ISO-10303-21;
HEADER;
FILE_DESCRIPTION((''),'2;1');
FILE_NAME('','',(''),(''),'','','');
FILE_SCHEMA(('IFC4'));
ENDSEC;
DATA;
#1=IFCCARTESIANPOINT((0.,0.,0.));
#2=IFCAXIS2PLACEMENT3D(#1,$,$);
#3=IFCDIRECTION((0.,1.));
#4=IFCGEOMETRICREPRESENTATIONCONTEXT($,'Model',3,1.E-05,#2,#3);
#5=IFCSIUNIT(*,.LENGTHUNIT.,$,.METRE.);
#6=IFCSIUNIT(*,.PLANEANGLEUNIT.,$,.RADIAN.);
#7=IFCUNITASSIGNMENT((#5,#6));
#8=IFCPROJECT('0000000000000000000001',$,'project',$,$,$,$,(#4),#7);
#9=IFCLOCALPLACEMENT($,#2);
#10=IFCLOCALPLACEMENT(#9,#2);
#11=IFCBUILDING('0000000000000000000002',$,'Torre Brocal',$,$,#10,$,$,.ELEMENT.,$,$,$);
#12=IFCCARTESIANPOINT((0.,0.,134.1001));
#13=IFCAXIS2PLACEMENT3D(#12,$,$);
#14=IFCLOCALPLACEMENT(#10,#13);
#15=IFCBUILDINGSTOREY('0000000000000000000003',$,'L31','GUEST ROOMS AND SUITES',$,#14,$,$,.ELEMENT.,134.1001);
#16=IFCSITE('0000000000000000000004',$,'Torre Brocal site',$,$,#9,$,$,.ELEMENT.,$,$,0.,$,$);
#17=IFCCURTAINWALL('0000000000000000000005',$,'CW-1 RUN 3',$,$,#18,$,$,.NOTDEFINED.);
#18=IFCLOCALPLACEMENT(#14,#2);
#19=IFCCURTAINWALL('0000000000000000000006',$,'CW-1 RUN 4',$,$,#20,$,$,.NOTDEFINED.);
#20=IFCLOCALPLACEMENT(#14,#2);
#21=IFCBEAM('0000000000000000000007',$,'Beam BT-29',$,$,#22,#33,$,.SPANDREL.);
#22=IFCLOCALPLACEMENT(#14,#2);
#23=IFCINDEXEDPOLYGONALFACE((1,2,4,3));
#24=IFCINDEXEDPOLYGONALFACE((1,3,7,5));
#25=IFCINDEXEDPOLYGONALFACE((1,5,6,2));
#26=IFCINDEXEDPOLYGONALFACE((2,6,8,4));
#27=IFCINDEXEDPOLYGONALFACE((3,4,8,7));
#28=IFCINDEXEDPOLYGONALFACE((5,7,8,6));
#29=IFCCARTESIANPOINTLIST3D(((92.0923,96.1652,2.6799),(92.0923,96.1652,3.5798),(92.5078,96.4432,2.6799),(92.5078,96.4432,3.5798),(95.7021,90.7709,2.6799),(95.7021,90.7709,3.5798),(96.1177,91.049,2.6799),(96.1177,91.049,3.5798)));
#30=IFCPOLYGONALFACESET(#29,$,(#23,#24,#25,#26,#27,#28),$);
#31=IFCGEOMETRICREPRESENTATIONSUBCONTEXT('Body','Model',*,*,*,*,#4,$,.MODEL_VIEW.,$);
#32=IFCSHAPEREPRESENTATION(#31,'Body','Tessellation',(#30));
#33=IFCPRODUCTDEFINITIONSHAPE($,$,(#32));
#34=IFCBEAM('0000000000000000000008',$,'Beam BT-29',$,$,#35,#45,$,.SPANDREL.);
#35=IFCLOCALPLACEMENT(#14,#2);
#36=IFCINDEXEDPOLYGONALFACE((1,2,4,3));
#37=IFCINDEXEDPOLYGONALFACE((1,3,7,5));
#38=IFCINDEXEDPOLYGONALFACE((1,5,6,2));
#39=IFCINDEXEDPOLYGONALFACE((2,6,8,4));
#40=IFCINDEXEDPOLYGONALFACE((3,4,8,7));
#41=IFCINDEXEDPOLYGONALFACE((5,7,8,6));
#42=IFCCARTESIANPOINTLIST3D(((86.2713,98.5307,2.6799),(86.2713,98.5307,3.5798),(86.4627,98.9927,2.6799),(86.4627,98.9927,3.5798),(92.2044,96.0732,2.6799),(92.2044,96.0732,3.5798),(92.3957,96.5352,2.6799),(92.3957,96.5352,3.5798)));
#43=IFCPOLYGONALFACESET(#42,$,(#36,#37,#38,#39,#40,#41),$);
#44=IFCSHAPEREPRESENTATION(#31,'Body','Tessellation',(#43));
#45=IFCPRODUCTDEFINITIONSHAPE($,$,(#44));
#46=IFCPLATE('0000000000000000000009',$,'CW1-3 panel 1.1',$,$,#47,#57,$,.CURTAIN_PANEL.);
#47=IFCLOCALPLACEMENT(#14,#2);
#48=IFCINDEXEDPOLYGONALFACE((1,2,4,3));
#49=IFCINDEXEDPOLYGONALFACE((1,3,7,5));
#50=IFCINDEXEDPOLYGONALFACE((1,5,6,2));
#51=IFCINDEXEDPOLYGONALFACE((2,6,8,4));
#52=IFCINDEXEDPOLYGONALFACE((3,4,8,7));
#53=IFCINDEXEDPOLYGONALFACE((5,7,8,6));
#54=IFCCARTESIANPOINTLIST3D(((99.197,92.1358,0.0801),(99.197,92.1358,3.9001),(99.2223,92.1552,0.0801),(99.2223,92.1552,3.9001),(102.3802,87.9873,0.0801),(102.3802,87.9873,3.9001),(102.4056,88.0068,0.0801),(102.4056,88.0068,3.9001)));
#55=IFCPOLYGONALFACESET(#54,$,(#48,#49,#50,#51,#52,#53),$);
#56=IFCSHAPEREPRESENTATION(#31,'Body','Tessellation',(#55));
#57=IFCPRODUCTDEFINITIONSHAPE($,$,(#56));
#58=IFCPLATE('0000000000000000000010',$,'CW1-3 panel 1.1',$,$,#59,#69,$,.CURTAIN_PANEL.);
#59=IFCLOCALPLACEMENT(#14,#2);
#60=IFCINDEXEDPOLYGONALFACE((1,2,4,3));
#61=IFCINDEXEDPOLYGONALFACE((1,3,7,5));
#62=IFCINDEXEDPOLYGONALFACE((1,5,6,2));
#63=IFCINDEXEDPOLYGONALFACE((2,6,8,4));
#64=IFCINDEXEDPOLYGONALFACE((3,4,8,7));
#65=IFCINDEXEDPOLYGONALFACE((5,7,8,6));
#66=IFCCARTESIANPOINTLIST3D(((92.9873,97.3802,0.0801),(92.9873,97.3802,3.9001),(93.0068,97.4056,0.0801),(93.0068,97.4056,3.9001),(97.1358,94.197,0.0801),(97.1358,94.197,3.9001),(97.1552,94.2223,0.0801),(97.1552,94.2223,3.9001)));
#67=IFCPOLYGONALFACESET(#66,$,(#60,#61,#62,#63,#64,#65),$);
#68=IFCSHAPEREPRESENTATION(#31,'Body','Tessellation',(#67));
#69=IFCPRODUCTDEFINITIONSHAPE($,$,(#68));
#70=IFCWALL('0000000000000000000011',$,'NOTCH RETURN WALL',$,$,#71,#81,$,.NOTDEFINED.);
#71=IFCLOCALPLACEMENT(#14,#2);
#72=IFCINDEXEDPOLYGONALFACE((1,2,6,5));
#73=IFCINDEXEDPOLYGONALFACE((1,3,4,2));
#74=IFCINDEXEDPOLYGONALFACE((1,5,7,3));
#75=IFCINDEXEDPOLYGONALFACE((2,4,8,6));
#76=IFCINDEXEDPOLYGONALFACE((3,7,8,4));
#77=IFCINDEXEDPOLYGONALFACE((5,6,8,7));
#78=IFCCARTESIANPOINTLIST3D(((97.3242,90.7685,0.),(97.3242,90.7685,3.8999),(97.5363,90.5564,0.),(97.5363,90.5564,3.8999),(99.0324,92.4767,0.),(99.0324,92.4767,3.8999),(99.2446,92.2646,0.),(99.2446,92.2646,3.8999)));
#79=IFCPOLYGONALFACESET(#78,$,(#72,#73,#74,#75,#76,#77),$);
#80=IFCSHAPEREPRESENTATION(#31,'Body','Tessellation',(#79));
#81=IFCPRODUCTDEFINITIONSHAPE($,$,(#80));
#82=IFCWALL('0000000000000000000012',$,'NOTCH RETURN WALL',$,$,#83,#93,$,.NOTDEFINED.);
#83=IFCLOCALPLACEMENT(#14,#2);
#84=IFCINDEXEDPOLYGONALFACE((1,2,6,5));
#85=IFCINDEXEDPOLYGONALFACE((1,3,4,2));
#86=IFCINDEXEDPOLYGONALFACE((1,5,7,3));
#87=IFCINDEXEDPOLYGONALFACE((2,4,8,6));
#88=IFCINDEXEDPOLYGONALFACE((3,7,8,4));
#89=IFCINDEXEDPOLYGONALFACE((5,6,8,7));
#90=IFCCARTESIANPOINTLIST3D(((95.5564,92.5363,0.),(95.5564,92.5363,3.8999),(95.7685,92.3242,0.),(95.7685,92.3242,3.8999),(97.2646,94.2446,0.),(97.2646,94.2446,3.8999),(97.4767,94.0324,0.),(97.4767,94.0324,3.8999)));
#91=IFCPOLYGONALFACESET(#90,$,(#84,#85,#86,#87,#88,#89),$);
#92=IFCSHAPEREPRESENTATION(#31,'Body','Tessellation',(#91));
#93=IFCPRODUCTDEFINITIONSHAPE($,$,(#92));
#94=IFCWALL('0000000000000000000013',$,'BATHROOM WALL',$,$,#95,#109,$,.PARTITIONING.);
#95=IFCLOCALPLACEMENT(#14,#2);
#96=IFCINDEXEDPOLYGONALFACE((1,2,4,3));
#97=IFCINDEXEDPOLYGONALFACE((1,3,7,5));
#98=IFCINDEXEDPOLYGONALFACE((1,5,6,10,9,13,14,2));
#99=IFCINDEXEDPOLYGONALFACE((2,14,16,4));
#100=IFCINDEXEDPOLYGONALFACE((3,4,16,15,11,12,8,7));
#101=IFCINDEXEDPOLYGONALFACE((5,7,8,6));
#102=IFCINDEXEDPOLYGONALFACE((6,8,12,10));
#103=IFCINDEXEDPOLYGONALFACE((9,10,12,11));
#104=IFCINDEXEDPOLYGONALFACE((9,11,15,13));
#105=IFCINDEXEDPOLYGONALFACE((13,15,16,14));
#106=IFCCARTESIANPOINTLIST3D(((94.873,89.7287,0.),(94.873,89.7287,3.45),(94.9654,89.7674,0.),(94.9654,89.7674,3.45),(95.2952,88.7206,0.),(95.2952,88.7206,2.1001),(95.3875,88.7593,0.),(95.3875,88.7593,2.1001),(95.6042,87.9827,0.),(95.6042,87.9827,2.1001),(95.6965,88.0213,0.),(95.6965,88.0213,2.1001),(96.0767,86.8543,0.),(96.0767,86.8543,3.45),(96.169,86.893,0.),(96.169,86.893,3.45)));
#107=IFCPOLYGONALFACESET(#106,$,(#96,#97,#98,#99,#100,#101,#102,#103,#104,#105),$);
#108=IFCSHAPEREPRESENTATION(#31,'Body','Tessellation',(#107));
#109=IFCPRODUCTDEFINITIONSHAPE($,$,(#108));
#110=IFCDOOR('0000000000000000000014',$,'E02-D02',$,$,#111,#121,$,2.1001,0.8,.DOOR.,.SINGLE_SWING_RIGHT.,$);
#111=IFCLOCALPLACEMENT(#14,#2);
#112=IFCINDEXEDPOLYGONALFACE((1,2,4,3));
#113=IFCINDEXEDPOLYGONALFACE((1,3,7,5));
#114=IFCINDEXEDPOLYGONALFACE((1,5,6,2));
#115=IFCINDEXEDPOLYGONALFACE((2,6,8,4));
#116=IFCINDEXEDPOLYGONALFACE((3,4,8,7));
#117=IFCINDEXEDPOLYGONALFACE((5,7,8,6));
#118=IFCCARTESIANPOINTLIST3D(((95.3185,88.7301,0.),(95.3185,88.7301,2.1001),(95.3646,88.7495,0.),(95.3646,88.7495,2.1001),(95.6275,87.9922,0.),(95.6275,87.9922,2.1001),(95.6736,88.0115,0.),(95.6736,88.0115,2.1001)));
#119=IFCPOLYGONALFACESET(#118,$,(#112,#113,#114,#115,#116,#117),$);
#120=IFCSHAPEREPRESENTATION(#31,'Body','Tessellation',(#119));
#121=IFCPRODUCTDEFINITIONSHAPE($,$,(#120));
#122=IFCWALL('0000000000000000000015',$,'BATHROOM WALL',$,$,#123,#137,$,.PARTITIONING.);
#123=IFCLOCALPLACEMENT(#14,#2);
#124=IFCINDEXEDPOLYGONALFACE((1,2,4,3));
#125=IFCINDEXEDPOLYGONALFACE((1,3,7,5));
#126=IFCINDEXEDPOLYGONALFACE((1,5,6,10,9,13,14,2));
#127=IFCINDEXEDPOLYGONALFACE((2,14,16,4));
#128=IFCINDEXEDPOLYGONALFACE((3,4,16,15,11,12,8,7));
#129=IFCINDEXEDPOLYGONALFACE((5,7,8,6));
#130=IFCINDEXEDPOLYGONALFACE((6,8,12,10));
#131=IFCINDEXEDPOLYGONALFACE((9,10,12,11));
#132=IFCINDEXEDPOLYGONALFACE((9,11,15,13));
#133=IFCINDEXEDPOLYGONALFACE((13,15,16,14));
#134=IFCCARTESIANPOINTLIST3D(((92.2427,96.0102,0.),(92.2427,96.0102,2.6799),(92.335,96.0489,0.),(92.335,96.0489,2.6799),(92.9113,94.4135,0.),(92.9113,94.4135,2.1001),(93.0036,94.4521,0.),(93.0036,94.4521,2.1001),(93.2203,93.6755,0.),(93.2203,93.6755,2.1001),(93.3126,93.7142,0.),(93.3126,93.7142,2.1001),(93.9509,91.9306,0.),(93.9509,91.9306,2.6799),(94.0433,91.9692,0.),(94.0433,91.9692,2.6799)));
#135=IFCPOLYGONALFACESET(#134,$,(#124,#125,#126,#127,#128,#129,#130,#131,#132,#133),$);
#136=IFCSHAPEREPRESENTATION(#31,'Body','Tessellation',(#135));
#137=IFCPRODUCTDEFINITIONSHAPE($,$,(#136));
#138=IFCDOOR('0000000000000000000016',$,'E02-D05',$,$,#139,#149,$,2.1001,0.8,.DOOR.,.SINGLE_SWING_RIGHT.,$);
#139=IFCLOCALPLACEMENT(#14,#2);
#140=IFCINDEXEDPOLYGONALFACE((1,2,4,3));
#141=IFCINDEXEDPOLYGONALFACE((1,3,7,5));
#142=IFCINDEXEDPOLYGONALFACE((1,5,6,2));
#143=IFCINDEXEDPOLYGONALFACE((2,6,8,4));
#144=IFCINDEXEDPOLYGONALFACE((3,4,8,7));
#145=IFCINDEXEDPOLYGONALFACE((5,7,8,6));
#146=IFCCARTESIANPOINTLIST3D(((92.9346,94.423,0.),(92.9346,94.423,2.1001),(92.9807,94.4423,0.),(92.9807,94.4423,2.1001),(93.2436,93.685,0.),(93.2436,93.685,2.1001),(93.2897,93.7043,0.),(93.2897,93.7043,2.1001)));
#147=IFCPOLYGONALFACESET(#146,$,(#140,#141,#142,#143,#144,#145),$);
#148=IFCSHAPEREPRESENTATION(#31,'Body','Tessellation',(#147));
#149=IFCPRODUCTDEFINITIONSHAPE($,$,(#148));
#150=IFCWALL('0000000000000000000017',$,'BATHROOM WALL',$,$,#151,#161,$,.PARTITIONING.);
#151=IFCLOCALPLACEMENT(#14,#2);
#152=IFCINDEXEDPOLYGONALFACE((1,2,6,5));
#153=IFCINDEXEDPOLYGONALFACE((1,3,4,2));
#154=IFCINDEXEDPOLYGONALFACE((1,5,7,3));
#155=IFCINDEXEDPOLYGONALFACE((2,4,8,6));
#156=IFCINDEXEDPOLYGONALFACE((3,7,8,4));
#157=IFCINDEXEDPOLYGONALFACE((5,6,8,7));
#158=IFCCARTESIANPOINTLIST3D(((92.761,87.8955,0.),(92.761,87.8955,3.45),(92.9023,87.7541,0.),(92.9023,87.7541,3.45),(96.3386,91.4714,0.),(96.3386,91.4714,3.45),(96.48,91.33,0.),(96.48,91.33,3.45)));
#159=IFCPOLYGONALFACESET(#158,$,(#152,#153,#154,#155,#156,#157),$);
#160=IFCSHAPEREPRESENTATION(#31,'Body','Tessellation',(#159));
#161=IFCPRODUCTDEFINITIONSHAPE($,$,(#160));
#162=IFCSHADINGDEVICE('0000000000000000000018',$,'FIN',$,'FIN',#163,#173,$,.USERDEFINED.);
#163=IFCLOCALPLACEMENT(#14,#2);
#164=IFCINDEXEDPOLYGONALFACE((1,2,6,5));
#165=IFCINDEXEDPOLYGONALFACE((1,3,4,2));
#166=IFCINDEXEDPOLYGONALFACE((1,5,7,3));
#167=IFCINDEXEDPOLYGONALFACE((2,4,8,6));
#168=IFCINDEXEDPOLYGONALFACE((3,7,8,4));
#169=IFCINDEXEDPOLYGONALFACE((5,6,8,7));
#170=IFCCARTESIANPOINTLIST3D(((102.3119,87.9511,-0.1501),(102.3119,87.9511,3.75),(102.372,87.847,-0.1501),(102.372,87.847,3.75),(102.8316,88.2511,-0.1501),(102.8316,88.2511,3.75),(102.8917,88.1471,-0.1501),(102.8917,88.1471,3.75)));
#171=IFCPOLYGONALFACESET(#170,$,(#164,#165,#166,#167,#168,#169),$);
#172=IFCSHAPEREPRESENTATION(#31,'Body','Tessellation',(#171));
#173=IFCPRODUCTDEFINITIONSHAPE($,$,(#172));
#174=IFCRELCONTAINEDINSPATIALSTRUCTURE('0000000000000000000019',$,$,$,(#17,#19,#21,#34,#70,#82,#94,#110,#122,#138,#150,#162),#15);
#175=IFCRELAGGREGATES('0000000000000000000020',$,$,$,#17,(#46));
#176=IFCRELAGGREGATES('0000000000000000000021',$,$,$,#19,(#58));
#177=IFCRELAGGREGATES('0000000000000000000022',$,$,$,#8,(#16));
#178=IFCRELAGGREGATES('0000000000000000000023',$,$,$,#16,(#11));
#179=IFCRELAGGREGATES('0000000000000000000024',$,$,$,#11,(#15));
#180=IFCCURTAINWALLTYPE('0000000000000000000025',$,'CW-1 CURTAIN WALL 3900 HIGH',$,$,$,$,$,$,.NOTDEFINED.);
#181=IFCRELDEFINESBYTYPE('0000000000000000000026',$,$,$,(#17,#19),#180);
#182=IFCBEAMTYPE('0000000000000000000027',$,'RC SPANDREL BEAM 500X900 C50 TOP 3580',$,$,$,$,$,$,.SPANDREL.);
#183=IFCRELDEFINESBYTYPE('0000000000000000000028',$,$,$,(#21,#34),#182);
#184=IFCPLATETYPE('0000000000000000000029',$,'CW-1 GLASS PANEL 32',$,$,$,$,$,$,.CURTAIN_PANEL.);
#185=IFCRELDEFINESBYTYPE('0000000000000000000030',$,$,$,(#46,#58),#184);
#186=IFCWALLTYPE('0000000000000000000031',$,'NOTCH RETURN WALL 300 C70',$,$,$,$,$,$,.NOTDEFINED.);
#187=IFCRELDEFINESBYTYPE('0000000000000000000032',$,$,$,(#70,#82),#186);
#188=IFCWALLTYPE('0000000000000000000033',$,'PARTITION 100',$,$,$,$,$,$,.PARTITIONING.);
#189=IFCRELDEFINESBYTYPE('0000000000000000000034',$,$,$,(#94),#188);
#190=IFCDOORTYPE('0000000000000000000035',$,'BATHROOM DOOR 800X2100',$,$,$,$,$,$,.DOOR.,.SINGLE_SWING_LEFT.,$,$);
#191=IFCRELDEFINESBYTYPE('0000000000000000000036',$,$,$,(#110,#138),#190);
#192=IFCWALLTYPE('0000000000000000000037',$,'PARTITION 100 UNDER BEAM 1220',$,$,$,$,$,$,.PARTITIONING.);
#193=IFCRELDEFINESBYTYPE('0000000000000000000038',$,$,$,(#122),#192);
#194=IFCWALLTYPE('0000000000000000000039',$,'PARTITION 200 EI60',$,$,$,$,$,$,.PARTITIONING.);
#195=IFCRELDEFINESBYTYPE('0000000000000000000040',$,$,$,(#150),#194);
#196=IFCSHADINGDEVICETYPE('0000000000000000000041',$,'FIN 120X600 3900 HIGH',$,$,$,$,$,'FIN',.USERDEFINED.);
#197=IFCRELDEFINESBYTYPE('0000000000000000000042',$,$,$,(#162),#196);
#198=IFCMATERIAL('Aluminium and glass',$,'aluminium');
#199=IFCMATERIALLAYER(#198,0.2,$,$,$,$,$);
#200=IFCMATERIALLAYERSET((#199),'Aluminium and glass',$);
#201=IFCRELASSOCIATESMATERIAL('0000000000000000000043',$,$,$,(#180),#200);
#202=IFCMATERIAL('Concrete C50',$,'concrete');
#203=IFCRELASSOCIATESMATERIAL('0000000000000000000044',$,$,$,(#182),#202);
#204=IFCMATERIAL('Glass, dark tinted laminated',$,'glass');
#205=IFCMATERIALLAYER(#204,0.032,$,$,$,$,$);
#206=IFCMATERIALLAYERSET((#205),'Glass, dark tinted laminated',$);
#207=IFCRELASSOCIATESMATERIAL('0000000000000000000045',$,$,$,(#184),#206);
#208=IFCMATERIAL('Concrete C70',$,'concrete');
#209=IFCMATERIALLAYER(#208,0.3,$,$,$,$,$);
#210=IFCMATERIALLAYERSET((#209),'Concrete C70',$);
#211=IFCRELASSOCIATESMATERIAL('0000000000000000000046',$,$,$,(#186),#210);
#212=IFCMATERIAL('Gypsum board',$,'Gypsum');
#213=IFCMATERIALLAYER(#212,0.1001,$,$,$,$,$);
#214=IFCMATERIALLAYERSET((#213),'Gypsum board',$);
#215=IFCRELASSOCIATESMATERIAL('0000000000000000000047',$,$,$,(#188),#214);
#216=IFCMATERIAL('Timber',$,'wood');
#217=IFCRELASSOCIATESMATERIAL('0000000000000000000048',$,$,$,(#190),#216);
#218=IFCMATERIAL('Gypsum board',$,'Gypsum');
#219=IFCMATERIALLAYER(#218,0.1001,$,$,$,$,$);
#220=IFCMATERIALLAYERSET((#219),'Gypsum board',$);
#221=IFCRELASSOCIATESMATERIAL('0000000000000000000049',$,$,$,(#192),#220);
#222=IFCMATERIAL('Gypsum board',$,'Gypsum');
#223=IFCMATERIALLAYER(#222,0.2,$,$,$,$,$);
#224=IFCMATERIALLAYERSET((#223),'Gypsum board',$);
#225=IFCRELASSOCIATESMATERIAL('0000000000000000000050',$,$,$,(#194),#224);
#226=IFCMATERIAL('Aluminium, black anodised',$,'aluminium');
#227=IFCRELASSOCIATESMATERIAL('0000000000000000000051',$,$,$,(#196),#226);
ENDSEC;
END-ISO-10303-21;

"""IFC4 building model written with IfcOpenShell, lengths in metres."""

from ifc_helpers import new_model, si_unit, direction, frame, frame_2d, origin, origin_2d, place, context, subcontext, project, spatial, rectangle, extrude, material, layer, layer_set, material_profile, profile_set, type_object, element, fill, aggregate, save


model = new_model("IFC4")

# Units and contexts
model_context = context("Model", 3, precision=1e-05, world=origin(), true_north=direction((0.0, 1.0)))
body_context = subcontext(model_context, "Body", "Model", "MODEL_VIEW")
ifc_project = project(units=[si_unit("LENGTHUNIT", "METRE"), si_unit("PLANEANGLEUNIT", "RADIAN")], contexts=[model_context])

# Site, building, storey
site_placement = place(None, origin())
site = spatial("IfcSite", under=ifc_project, at=site_placement, Name="Torre Brocal site", CompositionType="ELEMENT", RefElevation=0.0)
building_placement = place(site_placement, origin())
building = spatial("IfcBuilding", under=site, at=building_placement, Name="Torre Brocal", CompositionType="ELEMENT")
storey_placement = place(building_placement, frame((0.0, 0.0, 134.1001)))
storey = spatial("IfcBuildingStorey", under=building, at=storey_placement, Name="L31", Description="GUEST ROOMS AND SUITES", CompositionType="ELEMENT", Elevation=134.1001)

# Shared definitions
ifc_material_1 = material(Name="Aluminium and glass", Category="aluminium")
ifc_layer_1 = layer(ifc_material_1, 0.2)
ifc_layer_set_1 = layer_set([ifc_layer_1], Name="Aluminium and glass")
curtain_wall_type = type_object("IfcCurtainWallType", Name="CW-1 CURTAIN WALL 3900 HIGH", PredefinedType="NOTDEFINED", material=ifc_layer_set_1)

# Curtain walls
curtain_wall_1_placement = place(storey_placement, origin())
curtain_wall_1 = element("IfcCurtainWall", 1, at=curtain_wall_1_placement, inside=storey, type_object=curtain_wall_type, Name="CW-1 RUN 3", PredefinedType="NOTDEFINED")
curtain_wall_2_placement = place(storey_placement, origin())
curtain_wall_2 = element("IfcCurtainWall", 2, at=curtain_wall_2_placement, inside=storey, type_object=curtain_wall_type, Name="CW-1 RUN 4", PredefinedType="NOTDEFINED")

# Beams
ifc_material_2 = material(Name="Concrete C50", Category="concrete")
ifc_material_profile_1 = material_profile(ifc_material_2, rectangle(XDim=0.5, YDim=0.8999, at=origin_2d()), Name="RC 500X900")
ifc_profile_set_1 = profile_set([ifc_material_profile_1], Name="Concrete C50")
beam_type_1 = type_object("IfcBeamType", Name="RC SPANDREL BEAM 500X900 C50 TOP 3580", PredefinedType="SPANDREL", material=ifc_profile_set_1)
beam_1_placement = place(storey_placement, frame((95.9099, 90.9099, 3.1299), z_axis=(-0.556158, 0.831077, 0.0), x_axis=(-0.831077, -0.556158, 0.0)))
element("IfcBeam", 3, at=beam_1_placement, inside=storey, type_object=beam_type_1, Name="Beam BT-29", PredefinedType="SPANDREL", context=body_context, shape_type="SweptSolid", body=[
    extrude(rectangle(XDim=0.5, YDim=0.8999, at=origin_2d()), origin(), (0.0, 0.0, 1.0), 6.4907),
])
beam_2_placement = place(storey_placement, frame((92.3, 96.3042, 3.1299), z_axis=(-0.923882, 0.382676, 0.0), x_axis=(-0.382676, -0.923882, 0.0)))
element("IfcBeam", 4, at=beam_2_placement, inside=storey, type_object=beam_type_1, Name="Beam BT-29", PredefinedType="SPANDREL", context=body_context, shape_type="SweptSolid", body=[
    extrude(rectangle(XDim=0.5, YDim=0.8999, at=origin_2d()), origin(), (0.0, 0.0, 1.0), 6.4219),
])

# Plates
ifc_material_3 = material(Name="Glass, dark tinted laminated", Category="glass")
ifc_layer_2 = layer(ifc_material_3, 0.032)
ifc_layer_set_2 = layer_set([ifc_layer_2], Name="Glass, dark tinted laminated")
plate_type = type_object("IfcPlateType", Name="CW-1 GLASS PANEL 32", PredefinedType="CURTAIN_PANEL", material=ifc_layer_set_2)
plate_1_placement = place(storey_placement, frame((100.8013, 90.0713, 0.0801), z_axis=(0.0, 0.0, 1.0), x_axis=(-0.608761, 0.793353, 0.0)))
plate_1 = element("IfcPlate", 5, at=plate_1_placement, type_object=plate_type, Name="CW1-3 panel 1.1", PredefinedType="CURTAIN_PANEL", context=body_context, shape_type="SweptSolid", body=[
    extrude(rectangle(XDim=5.229, YDim=0.032, at=origin_2d()), origin(), (0.0, 0.0, 1.0), 3.8201),
])
aggregate(curtain_wall_1, [plate_1])
plate_2_placement = place(storey_placement, frame((95.0713, 95.8013, 0.0801), z_axis=(0.0, 0.0, 1.0), x_axis=(-0.793353, 0.608761, 0.0)))
plate_2 = element("IfcPlate", 6, at=plate_2_placement, type_object=plate_type, Name="CW1-3 panel 1.1", PredefinedType="CURTAIN_PANEL", context=body_context, shape_type="SweptSolid", body=[
    extrude(rectangle(XDim=5.229, YDim=0.032, at=origin_2d()), origin(), (0.0, 0.0, 1.0), 3.8201),
])
aggregate(curtain_wall_2, [plate_2])

# Walls
ifc_material_4 = material(Name="Concrete C70", Category="concrete")
ifc_layer_3 = layer(ifc_material_4, 0.3)
ifc_layer_set_3 = layer_set([ifc_layer_3], Name="Concrete C70")
wall_type_1 = type_object("IfcWallType", Name="NOTCH RETURN WALL 300 C70", PredefinedType="NOTDEFINED", material=ifc_layer_set_3)
for number, where, z_axis, x_axis, name in (
    (7, (97.4302, 90.6624, 0.0), (0.0, 0.0, 1.0), (0.707107, 0.707107, 0.0), "NOTCH RETURN WALL"),
    (8, (95.6624, 92.4302, 0.0), (0.0, 0.0, 1.0), (0.707107, 0.707107, 0.0), "NOTCH RETURN WALL"),
):
    element("IfcWall", number, at=place(storey_placement, frame(where, z_axis=z_axis, x_axis=x_axis)), inside=storey, type_object=wall_type_1, Name=name, PredefinedType="NOTDEFINED", context=body_context, shape_type="SweptSolid", body=[
        extrude(rectangle(XDim=2.4158, YDim=0.3, at=frame_2d((1.208, 0.0))), origin(), (0.0, 0.0, 1.0), 3.8999),
    ])

# Walls, openings, doors
ifc_material_5 = material(Name="Gypsum board", Category="Gypsum")
ifc_layer_4 = layer(ifc_material_5, 0.1001)
ifc_layer_set_4 = layer_set([ifc_layer_4], Name="Gypsum board")
wall_type_2 = type_object("IfcWallType", Name="PARTITION 100", PredefinedType="PARTITIONING", material=ifc_layer_set_4)
wall_1_placement = place(storey_placement, frame((94.9192, 89.748, 0.0), z_axis=(0.0, 0.0, 1.0), x_axis=(0.386256, -0.922392, 0.0)))
wall_1 = element("IfcWall", 9, at=wall_1_placement, inside=storey, type_object=wall_type_2, Name="BATHROOM WALL", PredefinedType="PARTITIONING", context=body_context, shape_type="SweptSolid", body=[
    extrude(rectangle(XDim=3.1162, YDim=0.1001, at=frame_2d((1.5581, 0.0))), origin(), (0.0, 0.0, 1.0), 3.45),
])
opening_1_placement = place(wall_1_placement, frame((1.093, 0.0, 0.0)))
opening_1 = element("IfcOpeningElement", 10, at=opening_1_placement, cuts=wall_1, PredefinedType="OPENING", context=body_context, shape_type="SweptSolid", body=[
    extrude(rectangle(XDim=0.8, YDim=2.1001, at=frame_2d((0.3999, 1.05))), frame((0.0, 0.0601, 0.0), z_axis=(0.0, -1.0, 0.0), x_axis=(1.0, 0.0, 0.0)), (0.0, 0.0, 1.0), 0.1201),
])
ifc_material_6 = material(Name="Timber", Category="wood")
door_type = type_object("IfcDoorType", Name="BATHROOM DOOR 800X2100", OperationType="SINGLE_SWING_LEFT", PredefinedType="DOOR", material=ifc_material_6)
door_1_placement = place(opening_1_placement, frame((0.8, 0.0, 0.0), z_axis=(0.0, 0.0, 1.0), x_axis=(-1.0, 0.0, 0.0)))
door_1 = element("IfcDoor", 11, at=door_1_placement, inside=storey, type_object=door_type, Name="E02-D02", OperationType="SINGLE_SWING_RIGHT", OverallHeight=2.1001, OverallWidth=0.8, PredefinedType="DOOR", context=body_context, shape_type="SweptSolid", body=[
    extrude(rectangle(XDim=0.8, YDim=2.1001, at=frame_2d((0.3999, 1.05))), frame((0.0, 0.0249, 0.0), z_axis=(0.0, -1.0, 0.0), x_axis=(1.0, 0.0, 0.0)), (0.0, 0.0, 1.0), 0.05),
])
fill(opening_1, door_1)
ifc_material_7 = material(Name="Gypsum board", Category="Gypsum")
ifc_layer_5 = layer(ifc_material_7, 0.1001)
ifc_layer_set_5 = layer_set([ifc_layer_5], Name="Gypsum board")
wall_type_3 = type_object("IfcWallType", Name="PARTITION 100 UNDER BEAM 1220", PredefinedType="PARTITIONING", material=ifc_layer_set_5)
wall_2_placement = place(storey_placement, frame((92.2888, 96.0295, 0.0), z_axis=(0.0, 0.0, 1.0), x_axis=(0.386237, -0.922399, 0.0)))
wall_2 = element("IfcWall", 12, at=wall_2_placement, inside=storey, type_object=wall_type_3, Name="BATHROOM WALL", PredefinedType="PARTITIONING", context=body_context, shape_type="SweptSolid", body=[
    extrude(rectangle(XDim=4.4229, YDim=0.1001, at=frame_2d((2.2114, 0.0))), origin(), (0.0, 0.0, 1.0), 2.6799),
])
opening_2_placement = place(wall_2_placement, frame((1.7312, 0.0, 0.0)))
opening_2 = element("IfcOpeningElement", 13, at=opening_2_placement, cuts=wall_2, PredefinedType="OPENING", context=body_context, shape_type="SweptSolid", body=[
    extrude(rectangle(XDim=0.8, YDim=2.1001, at=frame_2d((0.3999, 1.05))), frame((0.0, 0.0601, 0.0), z_axis=(0.0, -1.0, 0.0), x_axis=(1.0, 0.0, 0.0)), (0.0, 0.0, 1.0), 0.1201),
])
door_2_placement = place(opening_2_placement, frame((0.8, 0.0, 0.0), z_axis=(0.0, 0.0, 1.0), x_axis=(-1.0, 0.0, 0.0)))
door_2 = element("IfcDoor", 14, at=door_2_placement, inside=storey, type_object=door_type, Name="E02-D05", OperationType="SINGLE_SWING_RIGHT", OverallHeight=2.1001, OverallWidth=0.8, PredefinedType="DOOR", context=body_context, shape_type="SweptSolid", body=[
    extrude(rectangle(XDim=0.8, YDim=2.1001, at=frame_2d((0.3999, 1.05))), frame((0.0, 0.0249, 0.0), z_axis=(0.0, -1.0, 0.0), x_axis=(1.0, 0.0, 0.0)), (0.0, 0.0, 1.0), 0.05),
])
fill(opening_2, door_2)

# Wall
ifc_material_8 = material(Name="Gypsum board", Category="Gypsum")
ifc_layer_6 = layer(ifc_material_8, 0.2)
ifc_layer_set_6 = layer_set([ifc_layer_6], Name="Gypsum board")
wall_type_4 = type_object("IfcWallType", Name="PARTITION 200 EI60", PredefinedType="PARTITIONING", material=ifc_layer_set_6)
wall_3_placement = place(storey_placement, frame((92.8315, 87.8247, 0.0), z_axis=(0.0, 0.0, 1.0), x_axis=(0.707276, 0.706938, 0.0)))
element("IfcWall", 15, at=wall_3_placement, inside=storey, type_object=wall_type_4, Name="BATHROOM WALL", PredefinedType="PARTITIONING", context=body_context, shape_type="SweptSolid", body=[
    extrude(rectangle(XDim=5.0583, YDim=0.2, at=frame_2d((2.5293, 0.0))), origin(), (0.0, 0.0, 1.0), 3.45),
])

# Shading device
ifc_material_9 = material(Name="Aluminium, black anodised", Category="aluminium")
ifc_material_profile_2 = material_profile(ifc_material_9, rectangle(XDim=0.1201, YDim=0.6001, at=origin_2d()), Name="FIN 120X600 3900 HIGH")
ifc_profile_set_2 = profile_set([ifc_material_profile_2], Name="Aluminium, black anodised")
shading_device_type = type_object("IfcShadingDeviceType", Name="FIN 120X600 3900 HIGH", ElementType="FIN", PredefinedType="USERDEFINED", material=ifc_profile_set_2)
for number, where, z_axis, x_axis, name in (
    (16, (102.6018, 88.0491, -0.1501), (0.0, 0.0, 1.0), (-0.5, 0.866025, 0.0), "FIN"),
):
    element("IfcShadingDevice", number, at=place(storey_placement, frame(where, z_axis=z_axis, x_axis=x_axis)), inside=storey, type_object=shading_device_type, Name=name, ObjectType="FIN", PredefinedType="USERDEFINED", context=body_context, shape_type="SweptSolid", body=[
        extrude(rectangle(XDim=0.1201, YDim=0.6001, at=origin_2d()), origin(), (0.0, 0.0, 1.0), 3.9001),
    ])

save(model, "model.ifc")
